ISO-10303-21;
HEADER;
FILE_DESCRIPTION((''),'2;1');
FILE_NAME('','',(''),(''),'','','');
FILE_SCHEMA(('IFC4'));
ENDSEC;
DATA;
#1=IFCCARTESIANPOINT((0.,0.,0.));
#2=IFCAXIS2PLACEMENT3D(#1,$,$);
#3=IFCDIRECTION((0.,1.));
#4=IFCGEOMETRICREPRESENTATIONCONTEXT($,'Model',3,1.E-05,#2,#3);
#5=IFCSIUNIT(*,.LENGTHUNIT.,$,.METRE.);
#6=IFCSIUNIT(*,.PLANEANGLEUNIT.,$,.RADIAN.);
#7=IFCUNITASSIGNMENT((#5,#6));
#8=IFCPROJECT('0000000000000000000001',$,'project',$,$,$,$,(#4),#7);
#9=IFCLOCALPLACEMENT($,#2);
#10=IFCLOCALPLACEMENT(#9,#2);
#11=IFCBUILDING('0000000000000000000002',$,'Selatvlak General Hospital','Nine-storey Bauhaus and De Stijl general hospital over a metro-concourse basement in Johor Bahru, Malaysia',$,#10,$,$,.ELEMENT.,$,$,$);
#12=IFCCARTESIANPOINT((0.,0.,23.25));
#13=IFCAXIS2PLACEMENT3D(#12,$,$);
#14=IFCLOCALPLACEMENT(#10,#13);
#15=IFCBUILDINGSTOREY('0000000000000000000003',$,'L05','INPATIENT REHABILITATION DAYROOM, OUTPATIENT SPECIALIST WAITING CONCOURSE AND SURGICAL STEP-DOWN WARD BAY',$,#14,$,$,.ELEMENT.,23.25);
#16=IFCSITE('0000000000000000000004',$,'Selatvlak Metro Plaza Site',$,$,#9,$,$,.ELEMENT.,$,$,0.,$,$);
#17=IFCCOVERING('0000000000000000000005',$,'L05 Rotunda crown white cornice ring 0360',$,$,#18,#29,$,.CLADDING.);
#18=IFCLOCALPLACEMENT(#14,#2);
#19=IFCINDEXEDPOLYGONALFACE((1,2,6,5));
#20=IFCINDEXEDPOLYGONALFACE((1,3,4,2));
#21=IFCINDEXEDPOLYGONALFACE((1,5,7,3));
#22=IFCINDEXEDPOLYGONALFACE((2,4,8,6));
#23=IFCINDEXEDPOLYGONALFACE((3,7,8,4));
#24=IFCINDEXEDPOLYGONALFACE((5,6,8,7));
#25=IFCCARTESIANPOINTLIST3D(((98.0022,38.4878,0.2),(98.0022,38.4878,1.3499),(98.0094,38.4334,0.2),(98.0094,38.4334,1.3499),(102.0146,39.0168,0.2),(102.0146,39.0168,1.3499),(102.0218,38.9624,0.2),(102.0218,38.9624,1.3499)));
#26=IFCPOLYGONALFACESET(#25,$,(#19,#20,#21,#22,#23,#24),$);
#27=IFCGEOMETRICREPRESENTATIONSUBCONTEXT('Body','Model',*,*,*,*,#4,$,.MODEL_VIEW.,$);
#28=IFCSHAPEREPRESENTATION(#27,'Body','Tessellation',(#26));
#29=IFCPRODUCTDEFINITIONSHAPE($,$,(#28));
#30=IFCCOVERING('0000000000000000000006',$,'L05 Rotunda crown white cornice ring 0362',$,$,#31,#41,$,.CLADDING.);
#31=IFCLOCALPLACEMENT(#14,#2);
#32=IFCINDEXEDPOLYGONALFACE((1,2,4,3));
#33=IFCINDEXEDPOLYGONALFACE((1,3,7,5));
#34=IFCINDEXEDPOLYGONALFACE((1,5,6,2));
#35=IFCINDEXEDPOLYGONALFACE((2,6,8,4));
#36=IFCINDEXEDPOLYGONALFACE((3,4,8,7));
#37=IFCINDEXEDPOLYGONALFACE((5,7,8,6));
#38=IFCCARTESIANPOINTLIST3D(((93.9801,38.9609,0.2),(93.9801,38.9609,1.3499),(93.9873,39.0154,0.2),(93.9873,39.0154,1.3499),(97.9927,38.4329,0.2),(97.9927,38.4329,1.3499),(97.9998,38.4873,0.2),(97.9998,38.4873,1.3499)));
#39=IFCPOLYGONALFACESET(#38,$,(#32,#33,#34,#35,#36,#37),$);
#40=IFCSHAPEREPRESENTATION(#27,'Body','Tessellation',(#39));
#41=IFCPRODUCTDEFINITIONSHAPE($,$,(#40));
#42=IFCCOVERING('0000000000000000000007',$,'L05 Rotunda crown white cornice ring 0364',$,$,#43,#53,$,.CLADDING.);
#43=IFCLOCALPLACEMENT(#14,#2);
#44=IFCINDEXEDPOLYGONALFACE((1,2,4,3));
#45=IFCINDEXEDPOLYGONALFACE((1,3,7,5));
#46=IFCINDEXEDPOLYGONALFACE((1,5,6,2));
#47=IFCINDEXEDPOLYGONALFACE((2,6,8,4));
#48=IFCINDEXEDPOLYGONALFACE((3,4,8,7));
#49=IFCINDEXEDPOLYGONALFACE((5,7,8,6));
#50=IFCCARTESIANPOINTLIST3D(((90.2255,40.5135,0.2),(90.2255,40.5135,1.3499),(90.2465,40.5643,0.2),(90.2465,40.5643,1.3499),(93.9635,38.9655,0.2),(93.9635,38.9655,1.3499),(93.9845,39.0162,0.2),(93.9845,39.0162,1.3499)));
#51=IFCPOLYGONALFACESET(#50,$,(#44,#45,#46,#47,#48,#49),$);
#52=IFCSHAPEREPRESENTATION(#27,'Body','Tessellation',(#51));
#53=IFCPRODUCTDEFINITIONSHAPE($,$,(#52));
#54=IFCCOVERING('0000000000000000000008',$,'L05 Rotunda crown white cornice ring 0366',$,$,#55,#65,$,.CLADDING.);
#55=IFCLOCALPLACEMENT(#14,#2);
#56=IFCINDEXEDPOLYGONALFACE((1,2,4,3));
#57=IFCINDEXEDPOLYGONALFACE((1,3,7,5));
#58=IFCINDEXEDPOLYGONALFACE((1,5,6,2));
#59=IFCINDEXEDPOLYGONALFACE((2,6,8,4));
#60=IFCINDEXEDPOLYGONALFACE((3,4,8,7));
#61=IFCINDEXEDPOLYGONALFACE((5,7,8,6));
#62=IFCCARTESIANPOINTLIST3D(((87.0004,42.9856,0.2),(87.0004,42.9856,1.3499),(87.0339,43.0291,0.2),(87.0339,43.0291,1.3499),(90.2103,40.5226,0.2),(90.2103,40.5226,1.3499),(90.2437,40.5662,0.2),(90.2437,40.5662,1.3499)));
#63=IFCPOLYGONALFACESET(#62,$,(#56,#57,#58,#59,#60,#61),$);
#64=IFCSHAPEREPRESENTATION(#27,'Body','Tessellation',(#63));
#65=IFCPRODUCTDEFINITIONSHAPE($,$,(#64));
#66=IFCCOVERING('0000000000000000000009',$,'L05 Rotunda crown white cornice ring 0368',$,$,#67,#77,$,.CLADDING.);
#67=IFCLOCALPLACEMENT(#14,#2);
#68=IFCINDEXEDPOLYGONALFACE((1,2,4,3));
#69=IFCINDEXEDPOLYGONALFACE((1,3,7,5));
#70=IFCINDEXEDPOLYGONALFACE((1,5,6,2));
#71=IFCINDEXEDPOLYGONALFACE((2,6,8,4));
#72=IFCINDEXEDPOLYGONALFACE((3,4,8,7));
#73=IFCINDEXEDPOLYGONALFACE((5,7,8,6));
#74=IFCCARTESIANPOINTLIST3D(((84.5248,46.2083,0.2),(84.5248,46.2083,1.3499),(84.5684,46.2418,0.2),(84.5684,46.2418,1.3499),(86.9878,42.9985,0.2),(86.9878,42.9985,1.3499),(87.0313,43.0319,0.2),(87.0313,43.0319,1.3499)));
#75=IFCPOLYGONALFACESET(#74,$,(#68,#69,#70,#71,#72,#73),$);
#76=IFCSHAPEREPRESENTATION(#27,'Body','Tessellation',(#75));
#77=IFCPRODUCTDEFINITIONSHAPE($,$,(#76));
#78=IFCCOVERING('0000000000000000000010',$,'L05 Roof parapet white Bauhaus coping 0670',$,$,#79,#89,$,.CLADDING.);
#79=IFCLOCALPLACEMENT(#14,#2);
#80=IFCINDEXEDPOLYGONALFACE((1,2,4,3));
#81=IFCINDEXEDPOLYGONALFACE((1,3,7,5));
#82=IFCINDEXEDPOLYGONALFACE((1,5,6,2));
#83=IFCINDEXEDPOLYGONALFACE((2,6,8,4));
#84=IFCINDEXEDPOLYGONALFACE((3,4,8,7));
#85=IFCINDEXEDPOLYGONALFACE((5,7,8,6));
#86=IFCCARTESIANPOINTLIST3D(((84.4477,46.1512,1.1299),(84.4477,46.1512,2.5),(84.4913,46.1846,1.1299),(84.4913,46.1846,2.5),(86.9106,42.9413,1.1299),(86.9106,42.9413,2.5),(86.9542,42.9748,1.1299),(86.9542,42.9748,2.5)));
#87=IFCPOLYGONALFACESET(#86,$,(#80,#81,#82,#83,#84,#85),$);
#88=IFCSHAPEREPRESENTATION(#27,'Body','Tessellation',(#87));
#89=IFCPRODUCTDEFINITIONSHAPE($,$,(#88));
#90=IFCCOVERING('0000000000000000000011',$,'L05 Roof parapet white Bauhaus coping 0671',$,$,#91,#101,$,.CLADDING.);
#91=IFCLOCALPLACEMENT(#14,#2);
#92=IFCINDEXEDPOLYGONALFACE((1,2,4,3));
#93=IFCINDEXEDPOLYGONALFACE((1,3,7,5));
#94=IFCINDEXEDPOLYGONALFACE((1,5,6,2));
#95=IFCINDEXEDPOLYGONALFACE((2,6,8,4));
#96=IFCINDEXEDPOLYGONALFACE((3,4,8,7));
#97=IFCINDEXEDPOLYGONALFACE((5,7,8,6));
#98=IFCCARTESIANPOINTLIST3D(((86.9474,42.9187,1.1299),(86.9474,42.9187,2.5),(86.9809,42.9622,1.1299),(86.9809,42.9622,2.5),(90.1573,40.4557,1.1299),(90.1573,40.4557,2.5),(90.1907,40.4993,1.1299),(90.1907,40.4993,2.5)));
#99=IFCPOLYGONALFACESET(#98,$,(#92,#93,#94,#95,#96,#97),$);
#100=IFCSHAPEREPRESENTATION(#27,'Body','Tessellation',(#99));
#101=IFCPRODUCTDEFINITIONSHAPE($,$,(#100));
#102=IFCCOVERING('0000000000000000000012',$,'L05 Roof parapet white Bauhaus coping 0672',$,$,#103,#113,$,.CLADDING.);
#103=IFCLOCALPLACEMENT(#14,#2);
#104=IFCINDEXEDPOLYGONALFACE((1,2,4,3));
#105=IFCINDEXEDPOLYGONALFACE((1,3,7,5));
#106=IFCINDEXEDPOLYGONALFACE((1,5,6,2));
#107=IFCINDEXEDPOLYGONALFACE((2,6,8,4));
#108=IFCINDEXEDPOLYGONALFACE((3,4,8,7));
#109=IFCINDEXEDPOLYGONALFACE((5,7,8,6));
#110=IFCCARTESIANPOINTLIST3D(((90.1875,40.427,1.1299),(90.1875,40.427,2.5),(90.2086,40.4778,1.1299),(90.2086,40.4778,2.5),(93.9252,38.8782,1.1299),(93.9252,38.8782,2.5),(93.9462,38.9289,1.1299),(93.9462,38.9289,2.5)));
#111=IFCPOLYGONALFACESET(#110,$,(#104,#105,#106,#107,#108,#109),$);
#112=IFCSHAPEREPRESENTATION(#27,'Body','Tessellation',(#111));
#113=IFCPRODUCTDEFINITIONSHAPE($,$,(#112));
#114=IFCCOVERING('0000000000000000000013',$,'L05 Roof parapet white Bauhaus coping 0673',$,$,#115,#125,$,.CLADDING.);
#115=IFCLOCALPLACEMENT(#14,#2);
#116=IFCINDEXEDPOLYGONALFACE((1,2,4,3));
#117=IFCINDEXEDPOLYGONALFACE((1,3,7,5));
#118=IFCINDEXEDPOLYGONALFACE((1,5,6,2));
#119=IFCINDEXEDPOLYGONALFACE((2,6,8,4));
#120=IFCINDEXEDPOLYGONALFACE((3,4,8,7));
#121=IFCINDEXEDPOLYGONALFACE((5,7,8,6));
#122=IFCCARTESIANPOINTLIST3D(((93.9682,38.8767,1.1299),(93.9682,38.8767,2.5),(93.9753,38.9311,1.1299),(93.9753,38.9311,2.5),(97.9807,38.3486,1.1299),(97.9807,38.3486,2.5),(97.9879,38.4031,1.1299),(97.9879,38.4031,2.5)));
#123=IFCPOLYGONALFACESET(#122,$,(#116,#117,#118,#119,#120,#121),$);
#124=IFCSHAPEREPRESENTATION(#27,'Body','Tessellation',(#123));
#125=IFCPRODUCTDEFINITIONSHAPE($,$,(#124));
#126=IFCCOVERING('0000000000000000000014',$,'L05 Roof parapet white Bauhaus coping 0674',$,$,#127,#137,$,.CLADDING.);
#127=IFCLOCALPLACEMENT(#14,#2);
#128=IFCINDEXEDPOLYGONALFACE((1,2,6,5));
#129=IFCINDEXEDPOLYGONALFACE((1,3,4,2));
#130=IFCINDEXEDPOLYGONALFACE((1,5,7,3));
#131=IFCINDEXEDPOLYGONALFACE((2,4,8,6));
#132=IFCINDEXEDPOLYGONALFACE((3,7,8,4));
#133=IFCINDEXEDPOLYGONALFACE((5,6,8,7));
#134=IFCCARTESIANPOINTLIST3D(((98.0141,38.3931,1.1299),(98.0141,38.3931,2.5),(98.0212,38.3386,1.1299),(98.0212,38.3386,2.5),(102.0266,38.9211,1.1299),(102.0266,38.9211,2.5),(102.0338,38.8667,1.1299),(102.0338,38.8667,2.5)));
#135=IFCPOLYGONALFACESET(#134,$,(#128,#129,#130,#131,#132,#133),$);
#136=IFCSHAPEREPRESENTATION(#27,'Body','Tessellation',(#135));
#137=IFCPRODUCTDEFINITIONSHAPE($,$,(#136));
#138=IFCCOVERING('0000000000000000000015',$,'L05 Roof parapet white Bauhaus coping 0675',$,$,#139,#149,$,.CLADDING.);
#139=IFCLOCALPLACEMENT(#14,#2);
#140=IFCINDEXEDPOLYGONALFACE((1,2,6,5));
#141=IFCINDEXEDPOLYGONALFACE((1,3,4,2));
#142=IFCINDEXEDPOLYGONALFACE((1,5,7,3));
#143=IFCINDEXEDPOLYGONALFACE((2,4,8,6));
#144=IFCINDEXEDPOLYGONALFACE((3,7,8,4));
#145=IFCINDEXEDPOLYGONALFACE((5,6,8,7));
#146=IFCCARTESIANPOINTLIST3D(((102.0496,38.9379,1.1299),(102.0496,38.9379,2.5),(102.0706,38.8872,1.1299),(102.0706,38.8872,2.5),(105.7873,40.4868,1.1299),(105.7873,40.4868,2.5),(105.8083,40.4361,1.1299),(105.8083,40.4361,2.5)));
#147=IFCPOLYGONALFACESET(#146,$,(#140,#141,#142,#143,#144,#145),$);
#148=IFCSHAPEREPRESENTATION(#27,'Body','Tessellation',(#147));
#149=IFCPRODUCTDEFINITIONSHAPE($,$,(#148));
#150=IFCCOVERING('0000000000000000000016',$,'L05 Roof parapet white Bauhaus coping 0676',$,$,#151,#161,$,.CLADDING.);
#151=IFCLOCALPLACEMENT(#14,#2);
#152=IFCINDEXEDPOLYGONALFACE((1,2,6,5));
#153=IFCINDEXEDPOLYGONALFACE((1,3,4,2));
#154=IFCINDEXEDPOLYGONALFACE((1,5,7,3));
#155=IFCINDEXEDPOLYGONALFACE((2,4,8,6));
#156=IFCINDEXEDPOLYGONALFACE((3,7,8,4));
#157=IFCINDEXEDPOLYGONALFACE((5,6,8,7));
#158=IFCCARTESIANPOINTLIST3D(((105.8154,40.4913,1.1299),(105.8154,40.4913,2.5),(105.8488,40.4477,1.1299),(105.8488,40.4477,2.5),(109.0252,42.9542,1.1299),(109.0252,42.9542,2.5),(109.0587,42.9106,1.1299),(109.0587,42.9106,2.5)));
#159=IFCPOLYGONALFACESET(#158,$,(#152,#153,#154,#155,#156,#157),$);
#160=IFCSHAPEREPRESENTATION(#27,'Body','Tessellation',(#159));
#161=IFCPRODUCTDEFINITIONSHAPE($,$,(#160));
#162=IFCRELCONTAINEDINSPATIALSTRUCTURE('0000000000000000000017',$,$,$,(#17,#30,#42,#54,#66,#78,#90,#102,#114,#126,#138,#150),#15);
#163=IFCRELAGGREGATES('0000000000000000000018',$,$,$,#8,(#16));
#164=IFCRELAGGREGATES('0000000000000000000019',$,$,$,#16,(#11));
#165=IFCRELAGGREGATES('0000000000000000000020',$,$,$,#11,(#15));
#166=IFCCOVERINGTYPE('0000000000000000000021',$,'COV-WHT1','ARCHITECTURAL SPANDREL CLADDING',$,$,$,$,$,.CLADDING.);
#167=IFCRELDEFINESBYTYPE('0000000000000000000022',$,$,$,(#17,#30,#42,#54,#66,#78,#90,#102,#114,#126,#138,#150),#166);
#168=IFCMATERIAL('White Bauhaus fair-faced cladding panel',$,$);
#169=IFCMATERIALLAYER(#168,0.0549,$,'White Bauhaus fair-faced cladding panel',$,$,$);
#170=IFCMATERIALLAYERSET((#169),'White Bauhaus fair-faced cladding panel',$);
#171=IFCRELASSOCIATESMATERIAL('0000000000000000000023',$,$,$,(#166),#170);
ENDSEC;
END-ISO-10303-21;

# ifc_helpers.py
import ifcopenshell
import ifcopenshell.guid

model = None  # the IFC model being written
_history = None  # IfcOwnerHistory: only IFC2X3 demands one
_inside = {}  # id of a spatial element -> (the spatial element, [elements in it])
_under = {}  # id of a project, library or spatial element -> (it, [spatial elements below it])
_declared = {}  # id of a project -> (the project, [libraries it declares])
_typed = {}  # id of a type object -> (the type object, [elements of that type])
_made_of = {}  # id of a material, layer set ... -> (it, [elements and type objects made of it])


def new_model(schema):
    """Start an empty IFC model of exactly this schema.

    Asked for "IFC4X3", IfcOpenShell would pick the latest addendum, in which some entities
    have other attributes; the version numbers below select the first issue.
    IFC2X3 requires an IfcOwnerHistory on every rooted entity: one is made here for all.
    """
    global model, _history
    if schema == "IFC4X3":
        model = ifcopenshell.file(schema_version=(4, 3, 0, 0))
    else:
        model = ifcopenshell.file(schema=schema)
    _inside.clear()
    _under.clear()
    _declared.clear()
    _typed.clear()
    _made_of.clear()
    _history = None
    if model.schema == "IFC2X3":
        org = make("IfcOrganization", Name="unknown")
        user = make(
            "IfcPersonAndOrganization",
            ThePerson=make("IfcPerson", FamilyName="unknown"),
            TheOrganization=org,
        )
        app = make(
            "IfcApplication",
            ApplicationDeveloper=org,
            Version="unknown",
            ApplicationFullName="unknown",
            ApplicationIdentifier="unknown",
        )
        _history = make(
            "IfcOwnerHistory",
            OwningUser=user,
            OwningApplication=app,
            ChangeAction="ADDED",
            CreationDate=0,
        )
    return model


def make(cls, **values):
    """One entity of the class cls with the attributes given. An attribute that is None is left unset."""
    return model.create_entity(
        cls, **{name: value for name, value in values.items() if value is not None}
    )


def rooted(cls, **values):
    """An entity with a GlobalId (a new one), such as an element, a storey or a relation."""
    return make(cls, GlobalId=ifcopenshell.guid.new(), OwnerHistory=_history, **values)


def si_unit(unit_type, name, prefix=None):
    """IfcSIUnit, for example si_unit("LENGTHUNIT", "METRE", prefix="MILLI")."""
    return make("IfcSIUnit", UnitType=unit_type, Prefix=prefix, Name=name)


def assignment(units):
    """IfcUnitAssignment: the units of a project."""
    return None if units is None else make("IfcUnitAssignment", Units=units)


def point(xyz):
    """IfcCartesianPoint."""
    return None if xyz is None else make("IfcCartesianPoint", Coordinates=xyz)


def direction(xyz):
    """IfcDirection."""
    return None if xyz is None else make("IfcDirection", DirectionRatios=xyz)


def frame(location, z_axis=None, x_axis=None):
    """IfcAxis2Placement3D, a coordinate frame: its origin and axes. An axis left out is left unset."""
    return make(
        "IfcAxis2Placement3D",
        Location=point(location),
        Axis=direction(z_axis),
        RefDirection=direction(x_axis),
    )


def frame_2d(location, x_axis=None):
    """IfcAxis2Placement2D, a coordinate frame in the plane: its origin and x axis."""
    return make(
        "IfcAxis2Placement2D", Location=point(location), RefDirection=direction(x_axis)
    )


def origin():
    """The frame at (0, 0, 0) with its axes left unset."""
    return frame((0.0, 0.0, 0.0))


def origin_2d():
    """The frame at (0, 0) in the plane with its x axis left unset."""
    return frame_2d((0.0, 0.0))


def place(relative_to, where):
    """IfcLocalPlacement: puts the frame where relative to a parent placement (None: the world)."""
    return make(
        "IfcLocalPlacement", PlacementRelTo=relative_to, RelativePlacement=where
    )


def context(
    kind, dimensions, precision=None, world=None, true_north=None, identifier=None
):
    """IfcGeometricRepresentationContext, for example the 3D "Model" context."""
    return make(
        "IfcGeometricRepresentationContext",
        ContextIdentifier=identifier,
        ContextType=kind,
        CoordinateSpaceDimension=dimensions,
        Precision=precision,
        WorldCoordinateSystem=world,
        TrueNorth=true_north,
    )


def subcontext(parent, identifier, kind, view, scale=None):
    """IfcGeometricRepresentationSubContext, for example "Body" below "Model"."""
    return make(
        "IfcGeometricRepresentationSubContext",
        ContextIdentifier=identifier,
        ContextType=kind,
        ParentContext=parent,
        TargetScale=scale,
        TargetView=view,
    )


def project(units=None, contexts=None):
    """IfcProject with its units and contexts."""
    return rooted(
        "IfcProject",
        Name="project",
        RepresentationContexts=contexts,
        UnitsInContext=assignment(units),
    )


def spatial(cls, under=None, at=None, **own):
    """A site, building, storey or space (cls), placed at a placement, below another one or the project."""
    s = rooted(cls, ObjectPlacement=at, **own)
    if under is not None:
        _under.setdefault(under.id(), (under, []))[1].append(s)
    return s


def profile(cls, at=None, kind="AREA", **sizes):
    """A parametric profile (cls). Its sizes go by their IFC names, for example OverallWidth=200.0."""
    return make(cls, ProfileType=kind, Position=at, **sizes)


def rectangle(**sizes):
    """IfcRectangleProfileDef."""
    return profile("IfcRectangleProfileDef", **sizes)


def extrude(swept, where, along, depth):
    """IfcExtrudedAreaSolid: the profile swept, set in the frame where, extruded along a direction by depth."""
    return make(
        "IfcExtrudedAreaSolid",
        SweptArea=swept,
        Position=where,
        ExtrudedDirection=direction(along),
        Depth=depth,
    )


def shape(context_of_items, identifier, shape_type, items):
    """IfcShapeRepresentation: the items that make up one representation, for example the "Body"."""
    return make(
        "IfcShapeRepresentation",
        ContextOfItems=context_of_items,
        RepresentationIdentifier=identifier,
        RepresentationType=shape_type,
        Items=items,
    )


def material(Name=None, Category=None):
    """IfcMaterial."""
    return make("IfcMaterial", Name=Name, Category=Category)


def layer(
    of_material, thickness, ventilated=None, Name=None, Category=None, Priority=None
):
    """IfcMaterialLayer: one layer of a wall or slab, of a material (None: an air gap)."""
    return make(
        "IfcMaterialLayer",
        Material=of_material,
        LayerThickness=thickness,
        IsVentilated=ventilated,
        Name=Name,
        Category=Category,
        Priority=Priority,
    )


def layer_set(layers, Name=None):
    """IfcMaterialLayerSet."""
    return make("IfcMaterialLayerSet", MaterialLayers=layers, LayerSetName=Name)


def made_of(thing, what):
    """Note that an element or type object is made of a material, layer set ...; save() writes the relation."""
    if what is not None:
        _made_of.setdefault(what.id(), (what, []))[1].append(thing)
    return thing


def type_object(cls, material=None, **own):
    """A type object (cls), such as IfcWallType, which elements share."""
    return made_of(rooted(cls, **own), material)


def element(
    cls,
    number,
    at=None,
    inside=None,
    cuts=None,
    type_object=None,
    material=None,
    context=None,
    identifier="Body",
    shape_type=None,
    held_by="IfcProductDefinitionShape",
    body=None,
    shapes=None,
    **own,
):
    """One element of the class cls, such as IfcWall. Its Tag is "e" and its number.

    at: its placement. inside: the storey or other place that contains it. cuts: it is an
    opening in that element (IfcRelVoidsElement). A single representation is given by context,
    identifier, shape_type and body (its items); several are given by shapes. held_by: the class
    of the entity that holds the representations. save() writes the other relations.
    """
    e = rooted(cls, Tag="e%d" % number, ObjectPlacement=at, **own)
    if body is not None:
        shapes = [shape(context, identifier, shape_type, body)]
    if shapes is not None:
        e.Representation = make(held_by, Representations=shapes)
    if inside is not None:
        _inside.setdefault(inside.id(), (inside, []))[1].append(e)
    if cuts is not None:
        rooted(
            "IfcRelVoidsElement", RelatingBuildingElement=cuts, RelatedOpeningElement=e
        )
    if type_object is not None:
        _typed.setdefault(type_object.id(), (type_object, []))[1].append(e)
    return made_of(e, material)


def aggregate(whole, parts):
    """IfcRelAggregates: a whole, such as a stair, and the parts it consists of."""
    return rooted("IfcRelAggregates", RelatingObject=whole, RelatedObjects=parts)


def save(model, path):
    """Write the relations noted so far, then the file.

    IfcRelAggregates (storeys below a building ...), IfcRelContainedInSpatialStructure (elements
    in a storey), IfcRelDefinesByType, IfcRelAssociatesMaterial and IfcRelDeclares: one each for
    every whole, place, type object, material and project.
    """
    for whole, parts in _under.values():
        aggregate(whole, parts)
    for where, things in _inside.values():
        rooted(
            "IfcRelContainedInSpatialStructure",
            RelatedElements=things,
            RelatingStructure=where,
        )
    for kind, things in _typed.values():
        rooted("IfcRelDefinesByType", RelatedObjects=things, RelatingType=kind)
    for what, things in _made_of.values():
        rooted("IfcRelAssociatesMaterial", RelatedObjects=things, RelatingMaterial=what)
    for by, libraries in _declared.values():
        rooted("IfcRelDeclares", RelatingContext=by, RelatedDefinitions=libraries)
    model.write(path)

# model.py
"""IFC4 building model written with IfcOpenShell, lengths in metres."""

from ifc_helpers import new_model, si_unit, direction, frame, origin, origin_2d, place, context, subcontext, project, spatial, rectangle, extrude, material, layer, layer_set, type_object, element, save


model = new_model("IFC4")

# Units and contexts
model_context = context("Model", 3, precision=1e-05, world=origin(), true_north=direction((0.0, 1.0)))
body_context = subcontext(model_context, "Body", "Model", "MODEL_VIEW")
ifc_project = project(units=[si_unit("LENGTHUNIT", "METRE"), si_unit("PLANEANGLEUNIT", "RADIAN")], contexts=[model_context])

# Site, building, storey
site_placement = place(None, origin())
site = spatial("IfcSite", under=ifc_project, at=site_placement, Name="Selatvlak Metro Plaza Site", CompositionType="ELEMENT", RefElevation=0.0)
building_placement = place(site_placement, origin())
building = spatial("IfcBuilding", under=site, at=building_placement, Name="Selatvlak General Hospital", Description="Nine-storey Bauhaus and De Stijl general hospital over a metro-concourse basement in Johor Bahru, Malaysia", CompositionType="ELEMENT")
storey_placement = place(building_placement, frame((0.0, 0.0, 23.25)))
storey = spatial("IfcBuildingStorey", under=building, at=storey_placement, Name="L05", Description="INPATIENT REHABILITATION DAYROOM, OUTPATIENT SPECIALIST WAITING CONCOURSE AND SURGICAL STEP-DOWN WARD BAY", CompositionType="ELEMENT", Elevation=23.25)

# Coverings
ifc_material_1 = material(Name="White Bauhaus fair-faced cladding panel")
ifc_layer_1 = layer(ifc_material_1, 0.0549, Name="White Bauhaus fair-faced cladding panel")
ifc_layer_set_1 = layer_set([ifc_layer_1], Name="White Bauhaus fair-faced cladding panel")
covering_type = type_object("IfcCoveringType", Name="COV-WHT1", Description="ARCHITECTURAL SPANDREL CLADDING", PredefinedType="CLADDING", material=ifc_layer_set_1)
for number, where, z_axis, x_axis, name in (
    (1, (100.012, 38.7251, 0.2), (0.0, 0.0, 1.0), (-0.99142, -0.130717, 0.0), "L05 Rotunda crown white cornice ring 0360"),
    (2, (95.99, 38.7241, 0.2), (0.0, 0.0, 1.0), (-0.991452, 0.130474, 0.0), "L05 Rotunda crown white cornice ring 0362"),
):
    element("IfcCovering", number, at=place(storey_placement, frame(where, z_axis=z_axis, x_axis=x_axis)), inside=storey, type_object=covering_type, Name=name, PredefinedType="CLADDING", context=body_context, shape_type="SweptSolid", body=[
        extrude(rectangle(XDim=4.0471, YDim=0.0549, at=origin_2d()), origin(), (0.0, 0.0, 1.0), 1.1499),
    ])
for number, where, z_axis, x_axis, name in (
    (3, (92.105, 39.7649, 0.2), (0.0, 0.0, 1.0), (-0.923906, 0.382619, 0.0), "L05 Rotunda crown white cornice ring 0364"),
    (4, (88.6221, 41.7759, 0.2), (0.0, 0.0, 1.0), (-0.793364, 0.608748, 0.0), "L05 Rotunda crown white cornice ring 0366"),
    (5, (85.7781, 44.6201, 0.2), (0.0, 0.0, 1.0), (-0.608748, 0.793364, 0.0), "L05 Rotunda crown white cornice ring 0368"),
):
    element("IfcCovering", number, at=place(storey_placement, frame(where, z_axis=z_axis, x_axis=x_axis)), inside=storey, type_object=covering_type, Name=name, PredefinedType="CLADDING", context=body_context, shape_type="SweptSolid", body=[
        extrude(rectangle(XDim=4.0459, YDim=0.0549, at=origin_2d()), origin(), (0.0, 0.0, 1.0), 1.1499),
    ])
for number, where, z_axis, x_axis, name in (
    (6, (85.7009, 44.563, 1.1299), (0.0, 0.0, 1.0), (0.608748, -0.793364, 0.0), "L05 Roof parapet white Bauhaus coping 0670"),
    (7, (88.5691, 41.709, 1.1299), (0.0, 0.0, 1.0), (0.793364, -0.608748, 0.0), "L05 Roof parapet white Bauhaus coping 0671"),
    (8, (92.0669, 39.678, 1.1299), (0.0, 0.0, 1.0), (0.923819, -0.382829, 0.0), "L05 Roof parapet white Bauhaus coping 0672"),
):
    element("IfcCovering", number, at=place(storey_placement, frame(where, z_axis=z_axis, x_axis=x_axis)), inside=storey, type_object=covering_type, Name=name, PredefinedType="CLADDING", context=body_context, shape_type="SweptSolid", body=[
        extrude(rectangle(XDim=4.0459, YDim=0.0549, at=origin_2d()), origin(), (0.0, 0.0, 1.0), 1.3701),
    ])
for number, where, z_axis, x_axis, name in (
    (9, (95.978, 38.6399, 1.1299), (0.0, 0.0, 1.0), (0.991452, -0.130474, 0.0), "L05 Roof parapet white Bauhaus coping 0673"),
    (10, (100.0239, 38.6299, 1.1299), (0.0, 0.0, 1.0), (0.991452, 0.130474, 0.0), "L05 Roof parapet white Bauhaus coping 0674"),
):
    element("IfcCovering", number, at=place(storey_placement, frame(where, z_axis=z_axis, x_axis=x_axis)), inside=storey, type_object=covering_type, Name=name, PredefinedType="CLADDING", context=body_context, shape_type="SweptSolid", body=[
        extrude(rectangle(XDim=4.0471, YDim=0.0549, at=origin_2d()), origin(), (0.0, 0.0, 1.0), 1.3701),
    ])
for number, where, z_axis, x_axis, name in (
    (11, (103.929, 39.687, 1.1299), (0.0, 0.0, 1.0), (0.923819, 0.382829, 0.0), "L05 Roof parapet white Bauhaus coping 0675"),
    (12, (107.437, 41.7009, 1.1299), (0.0, 0.0, 1.0), (0.793364, 0.608748, 0.0), "L05 Roof parapet white Bauhaus coping 0676"),
):
    element("IfcCovering", number, at=place(storey_placement, frame(where, z_axis=z_axis, x_axis=x_axis)), inside=storey, type_object=covering_type, Name=name, PredefinedType="CLADDING", context=body_context, shape_type="SweptSolid", body=[
        extrude(rectangle(XDim=4.0459, YDim=0.0549, at=origin_2d()), origin(), (0.0, 0.0, 1.0), 1.3701),
    ])

save(model, "model.ifc")
